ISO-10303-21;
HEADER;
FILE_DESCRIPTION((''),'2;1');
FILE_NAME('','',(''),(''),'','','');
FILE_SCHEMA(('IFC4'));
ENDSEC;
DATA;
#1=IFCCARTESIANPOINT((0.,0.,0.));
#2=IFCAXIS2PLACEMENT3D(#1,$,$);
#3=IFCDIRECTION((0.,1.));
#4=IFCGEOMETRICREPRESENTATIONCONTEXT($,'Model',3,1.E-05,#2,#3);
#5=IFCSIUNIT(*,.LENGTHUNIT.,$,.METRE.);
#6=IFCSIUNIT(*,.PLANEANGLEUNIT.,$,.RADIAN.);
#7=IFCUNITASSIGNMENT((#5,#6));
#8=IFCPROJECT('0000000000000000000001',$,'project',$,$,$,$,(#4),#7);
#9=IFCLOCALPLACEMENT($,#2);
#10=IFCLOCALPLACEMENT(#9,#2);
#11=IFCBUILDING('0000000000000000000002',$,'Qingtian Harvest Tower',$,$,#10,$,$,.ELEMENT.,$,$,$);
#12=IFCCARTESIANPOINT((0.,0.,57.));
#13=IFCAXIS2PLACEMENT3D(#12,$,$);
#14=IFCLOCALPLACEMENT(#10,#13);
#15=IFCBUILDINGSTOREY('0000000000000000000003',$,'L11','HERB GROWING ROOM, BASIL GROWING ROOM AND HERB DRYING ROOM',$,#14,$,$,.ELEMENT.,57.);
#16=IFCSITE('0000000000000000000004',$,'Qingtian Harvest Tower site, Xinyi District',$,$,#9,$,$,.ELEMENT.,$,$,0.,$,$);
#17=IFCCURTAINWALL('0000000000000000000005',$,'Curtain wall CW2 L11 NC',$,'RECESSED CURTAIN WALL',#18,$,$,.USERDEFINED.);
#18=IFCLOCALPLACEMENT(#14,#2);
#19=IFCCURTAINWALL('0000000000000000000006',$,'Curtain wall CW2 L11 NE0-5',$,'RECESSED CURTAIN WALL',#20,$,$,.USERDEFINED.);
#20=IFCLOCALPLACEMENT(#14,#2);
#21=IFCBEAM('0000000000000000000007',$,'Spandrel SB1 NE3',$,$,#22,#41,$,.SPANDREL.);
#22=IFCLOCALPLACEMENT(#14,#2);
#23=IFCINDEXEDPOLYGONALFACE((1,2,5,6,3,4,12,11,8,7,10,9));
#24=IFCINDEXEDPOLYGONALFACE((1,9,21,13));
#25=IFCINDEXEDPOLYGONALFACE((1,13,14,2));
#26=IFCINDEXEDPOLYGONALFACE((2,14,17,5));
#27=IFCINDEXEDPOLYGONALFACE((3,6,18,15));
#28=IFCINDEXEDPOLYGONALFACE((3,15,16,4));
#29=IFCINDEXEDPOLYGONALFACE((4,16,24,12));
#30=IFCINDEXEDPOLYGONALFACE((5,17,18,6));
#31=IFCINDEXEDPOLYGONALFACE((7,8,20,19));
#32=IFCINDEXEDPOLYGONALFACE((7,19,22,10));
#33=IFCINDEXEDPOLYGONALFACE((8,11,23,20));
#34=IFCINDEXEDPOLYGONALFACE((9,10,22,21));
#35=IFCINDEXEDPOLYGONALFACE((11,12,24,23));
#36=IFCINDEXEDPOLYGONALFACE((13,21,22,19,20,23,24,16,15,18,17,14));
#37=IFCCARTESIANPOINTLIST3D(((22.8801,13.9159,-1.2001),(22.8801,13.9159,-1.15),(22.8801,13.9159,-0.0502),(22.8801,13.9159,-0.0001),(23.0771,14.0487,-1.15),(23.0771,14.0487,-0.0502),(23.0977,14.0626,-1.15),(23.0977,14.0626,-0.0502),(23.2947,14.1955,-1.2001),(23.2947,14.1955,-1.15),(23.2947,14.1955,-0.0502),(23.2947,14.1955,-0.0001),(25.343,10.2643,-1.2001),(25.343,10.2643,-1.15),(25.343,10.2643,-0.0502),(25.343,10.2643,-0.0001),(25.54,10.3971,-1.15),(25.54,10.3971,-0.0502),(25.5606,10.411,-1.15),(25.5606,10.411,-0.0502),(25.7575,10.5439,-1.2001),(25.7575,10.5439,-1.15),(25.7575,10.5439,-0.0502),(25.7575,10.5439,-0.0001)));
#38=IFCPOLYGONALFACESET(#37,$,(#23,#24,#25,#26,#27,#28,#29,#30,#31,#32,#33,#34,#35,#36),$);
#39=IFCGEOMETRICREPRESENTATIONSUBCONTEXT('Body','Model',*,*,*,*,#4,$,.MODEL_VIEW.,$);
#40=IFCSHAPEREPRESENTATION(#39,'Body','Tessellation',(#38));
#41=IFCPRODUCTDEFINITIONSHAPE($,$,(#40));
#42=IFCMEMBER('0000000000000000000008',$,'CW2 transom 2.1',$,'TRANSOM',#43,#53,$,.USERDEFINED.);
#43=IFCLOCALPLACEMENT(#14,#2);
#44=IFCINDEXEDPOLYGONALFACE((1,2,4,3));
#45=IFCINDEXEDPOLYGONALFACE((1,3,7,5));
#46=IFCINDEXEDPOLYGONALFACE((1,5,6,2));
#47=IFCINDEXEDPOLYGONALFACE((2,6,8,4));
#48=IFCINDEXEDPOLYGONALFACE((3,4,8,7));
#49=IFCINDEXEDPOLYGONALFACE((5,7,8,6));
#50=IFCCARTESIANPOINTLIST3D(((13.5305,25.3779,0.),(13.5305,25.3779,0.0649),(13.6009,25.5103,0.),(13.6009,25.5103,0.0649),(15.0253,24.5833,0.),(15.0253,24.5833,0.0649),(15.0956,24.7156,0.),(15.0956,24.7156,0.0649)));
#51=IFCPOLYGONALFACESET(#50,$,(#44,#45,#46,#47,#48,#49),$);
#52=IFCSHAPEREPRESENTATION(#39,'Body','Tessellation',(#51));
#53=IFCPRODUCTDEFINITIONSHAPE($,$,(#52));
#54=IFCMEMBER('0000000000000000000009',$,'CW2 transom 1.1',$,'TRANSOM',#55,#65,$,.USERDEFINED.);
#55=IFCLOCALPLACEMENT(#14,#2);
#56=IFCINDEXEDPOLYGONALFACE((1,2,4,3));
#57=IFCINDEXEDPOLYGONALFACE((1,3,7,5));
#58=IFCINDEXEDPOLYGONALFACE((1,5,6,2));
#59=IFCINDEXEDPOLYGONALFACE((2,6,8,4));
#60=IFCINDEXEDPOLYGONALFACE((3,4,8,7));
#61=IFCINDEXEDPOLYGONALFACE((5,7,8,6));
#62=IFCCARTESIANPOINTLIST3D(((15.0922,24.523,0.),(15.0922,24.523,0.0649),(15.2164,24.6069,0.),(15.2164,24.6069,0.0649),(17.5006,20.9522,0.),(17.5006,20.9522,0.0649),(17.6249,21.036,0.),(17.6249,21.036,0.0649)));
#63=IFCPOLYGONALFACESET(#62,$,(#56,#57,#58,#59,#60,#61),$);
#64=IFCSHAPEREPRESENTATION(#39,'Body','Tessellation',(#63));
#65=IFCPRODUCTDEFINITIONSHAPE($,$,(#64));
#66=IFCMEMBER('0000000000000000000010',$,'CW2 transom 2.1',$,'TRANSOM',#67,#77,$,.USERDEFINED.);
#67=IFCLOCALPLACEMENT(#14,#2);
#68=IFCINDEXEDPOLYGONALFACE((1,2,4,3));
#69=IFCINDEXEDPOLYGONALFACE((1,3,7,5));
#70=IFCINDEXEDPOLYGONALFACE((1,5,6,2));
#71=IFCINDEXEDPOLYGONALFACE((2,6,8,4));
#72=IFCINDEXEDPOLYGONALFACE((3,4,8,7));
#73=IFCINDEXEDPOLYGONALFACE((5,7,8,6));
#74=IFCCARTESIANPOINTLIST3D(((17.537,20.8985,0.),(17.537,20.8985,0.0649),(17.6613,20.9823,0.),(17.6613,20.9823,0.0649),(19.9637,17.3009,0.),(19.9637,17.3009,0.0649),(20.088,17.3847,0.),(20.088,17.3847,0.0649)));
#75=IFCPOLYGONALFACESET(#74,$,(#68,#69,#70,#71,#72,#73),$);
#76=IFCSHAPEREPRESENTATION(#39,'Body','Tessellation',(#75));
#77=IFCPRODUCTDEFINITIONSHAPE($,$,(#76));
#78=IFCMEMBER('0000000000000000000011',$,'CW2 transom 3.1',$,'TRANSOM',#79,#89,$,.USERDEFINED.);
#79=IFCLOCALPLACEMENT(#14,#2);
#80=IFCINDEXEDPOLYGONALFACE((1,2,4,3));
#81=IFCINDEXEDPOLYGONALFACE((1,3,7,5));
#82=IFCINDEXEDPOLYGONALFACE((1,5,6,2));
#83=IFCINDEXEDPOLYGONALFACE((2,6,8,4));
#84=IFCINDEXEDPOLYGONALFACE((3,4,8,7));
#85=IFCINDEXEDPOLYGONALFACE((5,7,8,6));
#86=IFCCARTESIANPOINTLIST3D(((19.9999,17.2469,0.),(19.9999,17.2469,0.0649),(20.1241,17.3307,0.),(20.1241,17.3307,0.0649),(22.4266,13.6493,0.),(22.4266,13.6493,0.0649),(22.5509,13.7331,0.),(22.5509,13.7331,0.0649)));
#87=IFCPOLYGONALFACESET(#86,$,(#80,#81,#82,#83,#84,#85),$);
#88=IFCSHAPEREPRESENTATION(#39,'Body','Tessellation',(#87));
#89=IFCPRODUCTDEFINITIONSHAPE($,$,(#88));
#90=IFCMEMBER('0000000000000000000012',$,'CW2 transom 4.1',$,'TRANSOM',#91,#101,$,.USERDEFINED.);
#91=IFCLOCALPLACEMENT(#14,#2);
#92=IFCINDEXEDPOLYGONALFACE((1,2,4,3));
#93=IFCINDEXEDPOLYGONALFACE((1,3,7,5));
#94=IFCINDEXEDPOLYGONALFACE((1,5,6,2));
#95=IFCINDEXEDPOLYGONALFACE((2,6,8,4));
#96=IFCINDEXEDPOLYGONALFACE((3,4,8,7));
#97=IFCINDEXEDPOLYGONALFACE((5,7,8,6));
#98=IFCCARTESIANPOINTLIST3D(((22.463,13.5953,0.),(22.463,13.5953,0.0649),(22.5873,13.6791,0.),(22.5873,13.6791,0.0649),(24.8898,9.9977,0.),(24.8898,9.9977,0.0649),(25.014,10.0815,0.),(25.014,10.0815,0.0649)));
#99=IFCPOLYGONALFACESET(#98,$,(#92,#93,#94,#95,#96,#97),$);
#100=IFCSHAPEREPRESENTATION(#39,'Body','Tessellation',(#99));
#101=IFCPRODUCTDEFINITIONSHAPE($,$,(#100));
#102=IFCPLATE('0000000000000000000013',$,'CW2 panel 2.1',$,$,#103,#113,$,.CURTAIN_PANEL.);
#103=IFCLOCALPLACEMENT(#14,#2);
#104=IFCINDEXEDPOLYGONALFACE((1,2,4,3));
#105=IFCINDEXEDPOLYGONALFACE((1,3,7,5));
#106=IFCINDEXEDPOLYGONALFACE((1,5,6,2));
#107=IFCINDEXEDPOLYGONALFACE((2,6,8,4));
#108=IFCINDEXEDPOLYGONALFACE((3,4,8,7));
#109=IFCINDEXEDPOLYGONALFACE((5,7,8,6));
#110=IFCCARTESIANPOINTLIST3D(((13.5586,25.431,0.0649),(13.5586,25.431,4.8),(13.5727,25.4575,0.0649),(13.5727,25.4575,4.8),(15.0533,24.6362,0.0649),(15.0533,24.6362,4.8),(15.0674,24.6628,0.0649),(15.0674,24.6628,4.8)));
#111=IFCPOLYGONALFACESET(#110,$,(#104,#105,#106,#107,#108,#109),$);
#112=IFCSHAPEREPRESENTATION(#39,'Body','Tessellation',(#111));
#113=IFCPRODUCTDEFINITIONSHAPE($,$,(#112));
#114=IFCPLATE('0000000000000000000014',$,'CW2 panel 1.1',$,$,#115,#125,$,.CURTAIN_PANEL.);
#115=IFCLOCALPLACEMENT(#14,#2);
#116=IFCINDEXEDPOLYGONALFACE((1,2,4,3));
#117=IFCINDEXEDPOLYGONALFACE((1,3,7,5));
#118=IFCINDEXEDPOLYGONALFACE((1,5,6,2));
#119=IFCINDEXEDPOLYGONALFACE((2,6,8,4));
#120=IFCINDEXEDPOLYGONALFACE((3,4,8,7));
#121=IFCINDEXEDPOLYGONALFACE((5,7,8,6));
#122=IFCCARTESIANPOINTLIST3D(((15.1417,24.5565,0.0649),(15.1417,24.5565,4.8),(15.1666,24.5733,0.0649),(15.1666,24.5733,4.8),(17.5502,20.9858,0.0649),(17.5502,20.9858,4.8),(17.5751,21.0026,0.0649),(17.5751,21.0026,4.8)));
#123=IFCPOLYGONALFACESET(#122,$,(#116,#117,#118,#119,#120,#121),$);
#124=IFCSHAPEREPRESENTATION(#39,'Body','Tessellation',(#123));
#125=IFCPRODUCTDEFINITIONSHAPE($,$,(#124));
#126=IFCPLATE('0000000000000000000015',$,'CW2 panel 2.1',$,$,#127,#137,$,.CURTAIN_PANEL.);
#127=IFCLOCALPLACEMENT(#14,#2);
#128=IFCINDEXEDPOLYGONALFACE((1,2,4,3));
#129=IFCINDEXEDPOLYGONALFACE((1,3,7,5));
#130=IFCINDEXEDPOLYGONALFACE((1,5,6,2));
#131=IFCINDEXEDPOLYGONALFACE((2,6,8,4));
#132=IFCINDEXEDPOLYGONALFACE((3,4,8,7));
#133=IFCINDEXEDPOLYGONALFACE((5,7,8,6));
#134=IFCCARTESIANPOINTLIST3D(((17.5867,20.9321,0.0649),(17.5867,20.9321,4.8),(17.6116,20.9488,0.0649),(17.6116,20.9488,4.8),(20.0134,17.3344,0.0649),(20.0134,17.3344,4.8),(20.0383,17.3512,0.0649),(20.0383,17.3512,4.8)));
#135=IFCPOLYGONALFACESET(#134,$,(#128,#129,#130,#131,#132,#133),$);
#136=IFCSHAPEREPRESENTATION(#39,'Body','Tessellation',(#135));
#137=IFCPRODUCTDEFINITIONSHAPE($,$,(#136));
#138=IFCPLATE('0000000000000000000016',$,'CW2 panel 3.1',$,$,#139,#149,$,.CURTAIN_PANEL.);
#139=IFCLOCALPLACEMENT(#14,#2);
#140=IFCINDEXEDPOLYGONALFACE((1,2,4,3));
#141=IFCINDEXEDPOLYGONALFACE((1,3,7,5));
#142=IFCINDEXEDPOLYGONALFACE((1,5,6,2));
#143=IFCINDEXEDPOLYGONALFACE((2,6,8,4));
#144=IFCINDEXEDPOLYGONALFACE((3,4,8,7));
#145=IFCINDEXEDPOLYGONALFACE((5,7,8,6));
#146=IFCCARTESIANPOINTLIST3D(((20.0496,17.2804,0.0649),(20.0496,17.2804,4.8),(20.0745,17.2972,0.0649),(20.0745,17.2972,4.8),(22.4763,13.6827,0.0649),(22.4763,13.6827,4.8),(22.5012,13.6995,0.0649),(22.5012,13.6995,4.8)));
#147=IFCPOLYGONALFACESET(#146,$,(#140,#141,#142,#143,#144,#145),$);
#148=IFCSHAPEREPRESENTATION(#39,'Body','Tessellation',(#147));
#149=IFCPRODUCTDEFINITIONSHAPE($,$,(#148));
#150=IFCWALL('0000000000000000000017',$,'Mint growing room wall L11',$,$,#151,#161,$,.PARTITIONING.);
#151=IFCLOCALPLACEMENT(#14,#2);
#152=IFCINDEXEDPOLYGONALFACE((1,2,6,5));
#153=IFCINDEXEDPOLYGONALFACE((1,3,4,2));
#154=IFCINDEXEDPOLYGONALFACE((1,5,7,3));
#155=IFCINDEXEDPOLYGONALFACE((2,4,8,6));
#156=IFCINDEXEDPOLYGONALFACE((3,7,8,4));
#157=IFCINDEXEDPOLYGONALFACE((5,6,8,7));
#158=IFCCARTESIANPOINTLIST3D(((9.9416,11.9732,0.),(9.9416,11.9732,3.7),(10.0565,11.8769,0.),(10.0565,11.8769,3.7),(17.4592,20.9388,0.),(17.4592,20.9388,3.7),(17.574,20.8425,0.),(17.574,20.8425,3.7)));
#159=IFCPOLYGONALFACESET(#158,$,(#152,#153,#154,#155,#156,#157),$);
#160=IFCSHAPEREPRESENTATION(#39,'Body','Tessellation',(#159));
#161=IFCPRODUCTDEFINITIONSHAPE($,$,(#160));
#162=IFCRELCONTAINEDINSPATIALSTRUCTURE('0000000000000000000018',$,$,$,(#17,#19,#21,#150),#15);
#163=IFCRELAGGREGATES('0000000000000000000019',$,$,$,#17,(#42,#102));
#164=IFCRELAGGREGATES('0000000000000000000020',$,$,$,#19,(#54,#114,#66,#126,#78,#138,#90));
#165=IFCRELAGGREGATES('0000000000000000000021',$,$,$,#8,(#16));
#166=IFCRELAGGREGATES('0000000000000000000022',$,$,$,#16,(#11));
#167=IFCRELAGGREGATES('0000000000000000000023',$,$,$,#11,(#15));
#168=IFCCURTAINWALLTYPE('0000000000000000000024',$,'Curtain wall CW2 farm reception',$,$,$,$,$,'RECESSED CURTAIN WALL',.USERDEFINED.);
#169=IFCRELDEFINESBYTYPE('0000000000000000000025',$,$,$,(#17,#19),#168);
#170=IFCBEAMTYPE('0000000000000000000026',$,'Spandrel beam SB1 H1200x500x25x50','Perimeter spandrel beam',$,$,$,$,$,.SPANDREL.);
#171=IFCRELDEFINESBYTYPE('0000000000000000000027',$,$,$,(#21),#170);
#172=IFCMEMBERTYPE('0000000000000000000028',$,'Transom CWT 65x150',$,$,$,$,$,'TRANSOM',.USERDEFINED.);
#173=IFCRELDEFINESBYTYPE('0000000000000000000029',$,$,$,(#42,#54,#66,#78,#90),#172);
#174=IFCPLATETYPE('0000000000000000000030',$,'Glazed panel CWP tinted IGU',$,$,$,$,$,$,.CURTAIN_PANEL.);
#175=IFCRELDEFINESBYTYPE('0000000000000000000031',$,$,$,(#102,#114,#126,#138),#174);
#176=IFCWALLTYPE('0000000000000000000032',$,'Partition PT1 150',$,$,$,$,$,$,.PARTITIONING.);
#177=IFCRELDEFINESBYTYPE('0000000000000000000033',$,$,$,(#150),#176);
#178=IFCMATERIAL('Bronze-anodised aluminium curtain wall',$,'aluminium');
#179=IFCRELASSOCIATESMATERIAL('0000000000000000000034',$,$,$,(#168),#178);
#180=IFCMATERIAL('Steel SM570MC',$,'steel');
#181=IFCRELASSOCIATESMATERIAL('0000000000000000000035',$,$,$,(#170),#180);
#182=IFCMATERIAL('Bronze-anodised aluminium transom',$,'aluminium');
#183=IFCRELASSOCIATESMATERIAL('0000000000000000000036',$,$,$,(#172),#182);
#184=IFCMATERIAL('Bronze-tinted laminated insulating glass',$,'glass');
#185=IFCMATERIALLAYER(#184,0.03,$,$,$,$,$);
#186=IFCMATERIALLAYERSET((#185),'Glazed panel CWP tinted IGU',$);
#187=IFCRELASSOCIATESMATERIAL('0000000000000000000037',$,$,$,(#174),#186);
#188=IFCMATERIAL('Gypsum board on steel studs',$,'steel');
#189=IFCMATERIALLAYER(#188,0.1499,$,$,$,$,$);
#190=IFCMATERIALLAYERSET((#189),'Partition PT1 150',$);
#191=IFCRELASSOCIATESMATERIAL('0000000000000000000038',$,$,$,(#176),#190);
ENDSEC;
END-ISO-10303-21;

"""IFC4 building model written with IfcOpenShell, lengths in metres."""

from ifc_helpers import new_model, si_unit, direction, frame, frame_2d, origin, origin_2d, place, context, subcontext, project, spatial, rectangle, i_section, extrude, material, layer, layer_set, material_profile, profile_set, type_object, element, aggregate, save


model = new_model("IFC4")

# Units and contexts
model_context = context("Model", 3, precision=1e-05, world=origin(), true_north=direction((0.0, 1.0)))
body_context = subcontext(model_context, "Body", "Model", "MODEL_VIEW")
ifc_project = project(units=[si_unit("LENGTHUNIT", "METRE"), si_unit("PLANEANGLEUNIT", "RADIAN")], contexts=[model_context])

# Site, building, storey
site_placement = place(None, origin())
site = spatial("IfcSite", under=ifc_project, at=site_placement, Name="Qingtian Harvest Tower site, Xinyi District", CompositionType="ELEMENT", RefElevation=0.0)
building_placement = place(site_placement, origin())
building = spatial("IfcBuilding", under=site, at=building_placement, Name="Qingtian Harvest Tower", CompositionType="ELEMENT")
storey_placement = place(building_placement, frame((0.0, 0.0, 57.0)))
storey = spatial("IfcBuildingStorey", under=building, at=storey_placement, Name="L11", Description="HERB GROWING ROOM, BASIL GROWING ROOM AND HERB DRYING ROOM", CompositionType="ELEMENT", Elevation=57.0)

# Curtain wall
ifc_material_1 = material(Name="Bronze-anodised aluminium curtain wall", Category="aluminium")
curtain_wall_type = type_object("IfcCurtainWallType", Name="Curtain wall CW2 farm reception", ElementType="RECESSED CURTAIN WALL", PredefinedType="USERDEFINED", material=ifc_material_1)
curtain_wall_1_placement = place(storey_placement, origin())
curtain_wall_1 = element("IfcCurtainWall", 1, at=curtain_wall_1_placement, inside=storey, type_object=curtain_wall_type, Name="Curtain wall CW2 L11 NC", ObjectType="RECESSED CURTAIN WALL", PredefinedType="USERDEFINED")

# Curtain wall
curtain_wall_2_placement = place(storey_placement, origin())
curtain_wall_2 = element("IfcCurtainWall", 2, at=curtain_wall_2_placement, inside=storey, type_object=curtain_wall_type, Name="Curtain wall CW2 L11 NE0-5", ObjectType="RECESSED CURTAIN WALL", PredefinedType="USERDEFINED")

# Beam
ifc_material_2 = material(Name="Steel SM570MC", Category="steel")
ifc_material_profile_1 = material_profile(ifc_material_2, i_section(OverallWidth=0.5, OverallDepth=1.2, WebThickness=0.0249, FlangeThickness=0.05, at=origin_2d()), Name="H1200x500x25x50")
ifc_profile_set_1 = profile_set([ifc_material_profile_1], Name="Steel SM570MC")
beam_type_1 = type_object("IfcBeamType", Name="Spandrel beam SB1 H1200x500x25x50", Description="Perimeter spandrel beam", PredefinedType="SPANDREL", material=ifc_profile_set_1)
for number, where, z_axis, x_axis, name in (
    (3, (23.0874, 14.0557, -0.6001), (0.559169, -0.829054, 0.0), (0.829054, 0.559169, 0.0), "Spandrel SB1 NE3"),
):
    element("IfcBeam", number, at=place(storey_placement, frame(where, z_axis=z_axis, x_axis=x_axis)), inside=storey, type_object=beam_type_1, Name=name, PredefinedType="SPANDREL", context=body_context, shape_type="SweptSolid", body=[
        extrude(i_section(OverallWidth=0.5, OverallDepth=1.2, WebThickness=0.0249, FlangeThickness=0.05, at=origin_2d()), origin(), (0.0, 0.0, 1.0), 4.4045),
    ])

# Members
ifc_material_3 = material(Name="Bronze-anodised aluminium transom", Category="aluminium")
ifc_material_profile_2 = material_profile(ifc_material_3, rectangle(XDim=0.1499, YDim=0.0649, at=origin_2d()), Name="AL 65x150")
ifc_profile_set_2 = profile_set([ifc_material_profile_2], Name="Bronze-anodised aluminium transom")
member_type_1 = type_object("IfcMemberType", Name="Transom CWT 65x150", ElementType="TRANSOM", PredefinedType="USERDEFINED", material=ifc_profile_set_2)
member_1_placement = place(storey_placement, frame((13.5657, 25.4441, 0.0325), z_axis=(0.882987, -0.469398, 0.0), x_axis=(0.469398, 0.882987, 0.0)))
member_1 = element("IfcMember", 4, at=member_1_placement, type_object=member_type_1, Name="CW2 transom 2.1", ObjectType="TRANSOM", PredefinedType="USERDEFINED", context=body_context, shape_type="SweptSolid", body=[
    extrude(rectangle(XDim=0.1499, YDim=0.0649, at=origin_2d()), origin(), (0.0, 0.0, 1.0), 1.6929),
])
member_2_placement = place(storey_placement, frame((15.1543, 24.5649, 0.0325), z_axis=(0.559179, -0.829047, 0.0), x_axis=(0.829047, 0.559179, 0.0)))
member_2 = element("IfcMember", 5, at=member_2_placement, type_object=member_type_1, Name="CW2 transom 1.1", ObjectType="TRANSOM", PredefinedType="USERDEFINED", context=body_context, shape_type="SweptSolid", body=[
    extrude(rectangle(XDim=0.1499, YDim=0.0649, at=origin_2d()), origin(), (0.0, 0.0, 1.0), 4.3071),
])
member_3_placement = place(storey_placement, frame((17.5991, 20.9404, 0.0325), z_axis=(0.55921, -0.829026, 0.0), x_axis=(0.829026, 0.55921, 0.0)))
member_3 = element("IfcMember", 6, at=member_3_placement, type_object=member_type_1, Name="CW2 transom 2.1", ObjectType="TRANSOM", PredefinedType="USERDEFINED", context=body_context, shape_type="SweptSolid", body=[
    extrude(rectangle(XDim=0.1499, YDim=0.0649, at=origin_2d()), origin(), (0.0, 0.0, 1.0), 4.3396),
])
member_4_placement = place(storey_placement, frame((20.062, 17.2888, 0.0325), z_axis=(0.55921, -0.829026, 0.0), x_axis=(0.829026, 0.55921, 0.0)))
member_4 = element("IfcMember", 7, at=member_4_placement, type_object=member_type_1, Name="CW2 transom 3.1", ObjectType="TRANSOM", PredefinedType="USERDEFINED", context=body_context, shape_type="SweptSolid", body=[
    extrude(rectangle(XDim=0.1499, YDim=0.0649, at=origin_2d()), origin(), (0.0, 0.0, 1.0), 4.3396),
])
member_5_placement = place(storey_placement, frame((22.5251, 13.6372, 0.0325), z_axis=(0.55921, -0.829026, 0.0), x_axis=(0.829026, 0.55921, 0.0)))
member_5 = element("IfcMember", 8, at=member_5_placement, type_object=member_type_1, Name="CW2 transom 4.1", ObjectType="TRANSOM", PredefinedType="USERDEFINED", context=body_context, shape_type="SweptSolid", body=[
    extrude(rectangle(XDim=0.1499, YDim=0.0649, at=origin_2d()), origin(), (0.0, 0.0, 1.0), 4.3396),
])

# Plates
ifc_material_4 = material(Name="Bronze-tinted laminated insulating glass", Category="glass")
ifc_layer_1 = layer(ifc_material_4, 0.03)
ifc_layer_set_1 = layer_set([ifc_layer_1], Name="Glazed panel CWP tinted IGU")
plate_type = type_object("IfcPlateType", Name="Glazed panel CWP tinted IGU", PredefinedType="CURTAIN_PANEL", material=ifc_layer_set_1)
plate_1_placement = place(storey_placement, frame((14.313, 25.0469, 0.0649), z_axis=(0.0, 0.0, 1.0), x_axis=(0.882948, -0.469472, 0.0)))
plate_1 = element("IfcPlate", 9, at=plate_1_placement, type_object=plate_type, Name="CW2 panel 2.1", PredefinedType="CURTAIN_PANEL", context=body_context, shape_type="SweptSolid", body=[
    extrude(rectangle(XDim=1.6929, YDim=0.03, at=origin_2d()), origin(), (0.0, 0.0, 1.0), 4.7351),
])
aggregate(curtain_wall_1, [member_1, plate_1])
plate_2_placement = place(storey_placement, frame((16.3584, 22.7795, 0.0649), z_axis=(0.0, 0.0, 1.0), x_axis=(0.559193, -0.829038, 0.0)))
plate_2 = element("IfcPlate", 10, at=plate_2_placement, type_object=plate_type, Name="CW2 panel 1.1", PredefinedType="CURTAIN_PANEL", context=body_context, shape_type="SweptSolid", body=[
    extrude(rectangle(XDim=4.3071, YDim=0.03, at=origin_2d()), origin(), (0.0, 0.0, 1.0), 4.7351),
])
plate_3_placement = place(storey_placement, frame((18.8125, 19.1416, 0.0649), z_axis=(0.0, 0.0, 1.0), x_axis=(0.559193, -0.829038, 0.0)))
plate_3 = element("IfcPlate", 11, at=plate_3_placement, type_object=plate_type, Name="CW2 panel 2.1", PredefinedType="CURTAIN_PANEL", context=body_context, shape_type="SweptSolid", body=[
    extrude(rectangle(XDim=4.3396, YDim=0.03, at=origin_2d()), origin(), (0.0, 0.0, 1.0), 4.7351),
])
plate_4_placement = place(storey_placement, frame((21.2754, 15.49, 0.0649), z_axis=(0.0, 0.0, 1.0), x_axis=(0.559193, -0.829038, 0.0)))
plate_4 = element("IfcPlate", 12, at=plate_4_placement, type_object=plate_type, Name="CW2 panel 3.1", PredefinedType="CURTAIN_PANEL", context=body_context, shape_type="SweptSolid", body=[
    extrude(rectangle(XDim=4.3396, YDim=0.03, at=origin_2d()), origin(), (0.0, 0.0, 1.0), 4.7351),
])
aggregate(curtain_wall_2, [member_2, plate_2, member_3, plate_3, member_4, plate_4, member_5])

# Wall
ifc_material_5 = material(Name="Gypsum board on steel studs", Category="steel")
ifc_layer_2 = layer(ifc_material_5, 0.1499)
ifc_layer_set_2 = layer_set([ifc_layer_2], Name="Partition PT1 150")
wall_type = type_object("IfcWallType", Name="Partition PT1 150", PredefinedType="PARTITIONING", material=ifc_layer_set_2)
wall_placement = place(storey_placement, frame((17.5166, 20.8906, 0.0), z_axis=(0.0, 0.0, 1.0), x_axis=(-0.642515, -0.766273, 0.0)))
element("IfcWall", 13, at=wall_placement, inside=storey, type_object=wall_type, Name="Mint growing room wall L11", PredefinedType="PARTITIONING", context=body_context, shape_type="SweptSolid", body=[
    extrude(rectangle(XDim=11.7002, YDim=0.1499, at=frame_2d((5.8501, 0.0))), origin(), (0.0, 0.0, 1.0), 3.7),
])

save(model, "model.ifc")
